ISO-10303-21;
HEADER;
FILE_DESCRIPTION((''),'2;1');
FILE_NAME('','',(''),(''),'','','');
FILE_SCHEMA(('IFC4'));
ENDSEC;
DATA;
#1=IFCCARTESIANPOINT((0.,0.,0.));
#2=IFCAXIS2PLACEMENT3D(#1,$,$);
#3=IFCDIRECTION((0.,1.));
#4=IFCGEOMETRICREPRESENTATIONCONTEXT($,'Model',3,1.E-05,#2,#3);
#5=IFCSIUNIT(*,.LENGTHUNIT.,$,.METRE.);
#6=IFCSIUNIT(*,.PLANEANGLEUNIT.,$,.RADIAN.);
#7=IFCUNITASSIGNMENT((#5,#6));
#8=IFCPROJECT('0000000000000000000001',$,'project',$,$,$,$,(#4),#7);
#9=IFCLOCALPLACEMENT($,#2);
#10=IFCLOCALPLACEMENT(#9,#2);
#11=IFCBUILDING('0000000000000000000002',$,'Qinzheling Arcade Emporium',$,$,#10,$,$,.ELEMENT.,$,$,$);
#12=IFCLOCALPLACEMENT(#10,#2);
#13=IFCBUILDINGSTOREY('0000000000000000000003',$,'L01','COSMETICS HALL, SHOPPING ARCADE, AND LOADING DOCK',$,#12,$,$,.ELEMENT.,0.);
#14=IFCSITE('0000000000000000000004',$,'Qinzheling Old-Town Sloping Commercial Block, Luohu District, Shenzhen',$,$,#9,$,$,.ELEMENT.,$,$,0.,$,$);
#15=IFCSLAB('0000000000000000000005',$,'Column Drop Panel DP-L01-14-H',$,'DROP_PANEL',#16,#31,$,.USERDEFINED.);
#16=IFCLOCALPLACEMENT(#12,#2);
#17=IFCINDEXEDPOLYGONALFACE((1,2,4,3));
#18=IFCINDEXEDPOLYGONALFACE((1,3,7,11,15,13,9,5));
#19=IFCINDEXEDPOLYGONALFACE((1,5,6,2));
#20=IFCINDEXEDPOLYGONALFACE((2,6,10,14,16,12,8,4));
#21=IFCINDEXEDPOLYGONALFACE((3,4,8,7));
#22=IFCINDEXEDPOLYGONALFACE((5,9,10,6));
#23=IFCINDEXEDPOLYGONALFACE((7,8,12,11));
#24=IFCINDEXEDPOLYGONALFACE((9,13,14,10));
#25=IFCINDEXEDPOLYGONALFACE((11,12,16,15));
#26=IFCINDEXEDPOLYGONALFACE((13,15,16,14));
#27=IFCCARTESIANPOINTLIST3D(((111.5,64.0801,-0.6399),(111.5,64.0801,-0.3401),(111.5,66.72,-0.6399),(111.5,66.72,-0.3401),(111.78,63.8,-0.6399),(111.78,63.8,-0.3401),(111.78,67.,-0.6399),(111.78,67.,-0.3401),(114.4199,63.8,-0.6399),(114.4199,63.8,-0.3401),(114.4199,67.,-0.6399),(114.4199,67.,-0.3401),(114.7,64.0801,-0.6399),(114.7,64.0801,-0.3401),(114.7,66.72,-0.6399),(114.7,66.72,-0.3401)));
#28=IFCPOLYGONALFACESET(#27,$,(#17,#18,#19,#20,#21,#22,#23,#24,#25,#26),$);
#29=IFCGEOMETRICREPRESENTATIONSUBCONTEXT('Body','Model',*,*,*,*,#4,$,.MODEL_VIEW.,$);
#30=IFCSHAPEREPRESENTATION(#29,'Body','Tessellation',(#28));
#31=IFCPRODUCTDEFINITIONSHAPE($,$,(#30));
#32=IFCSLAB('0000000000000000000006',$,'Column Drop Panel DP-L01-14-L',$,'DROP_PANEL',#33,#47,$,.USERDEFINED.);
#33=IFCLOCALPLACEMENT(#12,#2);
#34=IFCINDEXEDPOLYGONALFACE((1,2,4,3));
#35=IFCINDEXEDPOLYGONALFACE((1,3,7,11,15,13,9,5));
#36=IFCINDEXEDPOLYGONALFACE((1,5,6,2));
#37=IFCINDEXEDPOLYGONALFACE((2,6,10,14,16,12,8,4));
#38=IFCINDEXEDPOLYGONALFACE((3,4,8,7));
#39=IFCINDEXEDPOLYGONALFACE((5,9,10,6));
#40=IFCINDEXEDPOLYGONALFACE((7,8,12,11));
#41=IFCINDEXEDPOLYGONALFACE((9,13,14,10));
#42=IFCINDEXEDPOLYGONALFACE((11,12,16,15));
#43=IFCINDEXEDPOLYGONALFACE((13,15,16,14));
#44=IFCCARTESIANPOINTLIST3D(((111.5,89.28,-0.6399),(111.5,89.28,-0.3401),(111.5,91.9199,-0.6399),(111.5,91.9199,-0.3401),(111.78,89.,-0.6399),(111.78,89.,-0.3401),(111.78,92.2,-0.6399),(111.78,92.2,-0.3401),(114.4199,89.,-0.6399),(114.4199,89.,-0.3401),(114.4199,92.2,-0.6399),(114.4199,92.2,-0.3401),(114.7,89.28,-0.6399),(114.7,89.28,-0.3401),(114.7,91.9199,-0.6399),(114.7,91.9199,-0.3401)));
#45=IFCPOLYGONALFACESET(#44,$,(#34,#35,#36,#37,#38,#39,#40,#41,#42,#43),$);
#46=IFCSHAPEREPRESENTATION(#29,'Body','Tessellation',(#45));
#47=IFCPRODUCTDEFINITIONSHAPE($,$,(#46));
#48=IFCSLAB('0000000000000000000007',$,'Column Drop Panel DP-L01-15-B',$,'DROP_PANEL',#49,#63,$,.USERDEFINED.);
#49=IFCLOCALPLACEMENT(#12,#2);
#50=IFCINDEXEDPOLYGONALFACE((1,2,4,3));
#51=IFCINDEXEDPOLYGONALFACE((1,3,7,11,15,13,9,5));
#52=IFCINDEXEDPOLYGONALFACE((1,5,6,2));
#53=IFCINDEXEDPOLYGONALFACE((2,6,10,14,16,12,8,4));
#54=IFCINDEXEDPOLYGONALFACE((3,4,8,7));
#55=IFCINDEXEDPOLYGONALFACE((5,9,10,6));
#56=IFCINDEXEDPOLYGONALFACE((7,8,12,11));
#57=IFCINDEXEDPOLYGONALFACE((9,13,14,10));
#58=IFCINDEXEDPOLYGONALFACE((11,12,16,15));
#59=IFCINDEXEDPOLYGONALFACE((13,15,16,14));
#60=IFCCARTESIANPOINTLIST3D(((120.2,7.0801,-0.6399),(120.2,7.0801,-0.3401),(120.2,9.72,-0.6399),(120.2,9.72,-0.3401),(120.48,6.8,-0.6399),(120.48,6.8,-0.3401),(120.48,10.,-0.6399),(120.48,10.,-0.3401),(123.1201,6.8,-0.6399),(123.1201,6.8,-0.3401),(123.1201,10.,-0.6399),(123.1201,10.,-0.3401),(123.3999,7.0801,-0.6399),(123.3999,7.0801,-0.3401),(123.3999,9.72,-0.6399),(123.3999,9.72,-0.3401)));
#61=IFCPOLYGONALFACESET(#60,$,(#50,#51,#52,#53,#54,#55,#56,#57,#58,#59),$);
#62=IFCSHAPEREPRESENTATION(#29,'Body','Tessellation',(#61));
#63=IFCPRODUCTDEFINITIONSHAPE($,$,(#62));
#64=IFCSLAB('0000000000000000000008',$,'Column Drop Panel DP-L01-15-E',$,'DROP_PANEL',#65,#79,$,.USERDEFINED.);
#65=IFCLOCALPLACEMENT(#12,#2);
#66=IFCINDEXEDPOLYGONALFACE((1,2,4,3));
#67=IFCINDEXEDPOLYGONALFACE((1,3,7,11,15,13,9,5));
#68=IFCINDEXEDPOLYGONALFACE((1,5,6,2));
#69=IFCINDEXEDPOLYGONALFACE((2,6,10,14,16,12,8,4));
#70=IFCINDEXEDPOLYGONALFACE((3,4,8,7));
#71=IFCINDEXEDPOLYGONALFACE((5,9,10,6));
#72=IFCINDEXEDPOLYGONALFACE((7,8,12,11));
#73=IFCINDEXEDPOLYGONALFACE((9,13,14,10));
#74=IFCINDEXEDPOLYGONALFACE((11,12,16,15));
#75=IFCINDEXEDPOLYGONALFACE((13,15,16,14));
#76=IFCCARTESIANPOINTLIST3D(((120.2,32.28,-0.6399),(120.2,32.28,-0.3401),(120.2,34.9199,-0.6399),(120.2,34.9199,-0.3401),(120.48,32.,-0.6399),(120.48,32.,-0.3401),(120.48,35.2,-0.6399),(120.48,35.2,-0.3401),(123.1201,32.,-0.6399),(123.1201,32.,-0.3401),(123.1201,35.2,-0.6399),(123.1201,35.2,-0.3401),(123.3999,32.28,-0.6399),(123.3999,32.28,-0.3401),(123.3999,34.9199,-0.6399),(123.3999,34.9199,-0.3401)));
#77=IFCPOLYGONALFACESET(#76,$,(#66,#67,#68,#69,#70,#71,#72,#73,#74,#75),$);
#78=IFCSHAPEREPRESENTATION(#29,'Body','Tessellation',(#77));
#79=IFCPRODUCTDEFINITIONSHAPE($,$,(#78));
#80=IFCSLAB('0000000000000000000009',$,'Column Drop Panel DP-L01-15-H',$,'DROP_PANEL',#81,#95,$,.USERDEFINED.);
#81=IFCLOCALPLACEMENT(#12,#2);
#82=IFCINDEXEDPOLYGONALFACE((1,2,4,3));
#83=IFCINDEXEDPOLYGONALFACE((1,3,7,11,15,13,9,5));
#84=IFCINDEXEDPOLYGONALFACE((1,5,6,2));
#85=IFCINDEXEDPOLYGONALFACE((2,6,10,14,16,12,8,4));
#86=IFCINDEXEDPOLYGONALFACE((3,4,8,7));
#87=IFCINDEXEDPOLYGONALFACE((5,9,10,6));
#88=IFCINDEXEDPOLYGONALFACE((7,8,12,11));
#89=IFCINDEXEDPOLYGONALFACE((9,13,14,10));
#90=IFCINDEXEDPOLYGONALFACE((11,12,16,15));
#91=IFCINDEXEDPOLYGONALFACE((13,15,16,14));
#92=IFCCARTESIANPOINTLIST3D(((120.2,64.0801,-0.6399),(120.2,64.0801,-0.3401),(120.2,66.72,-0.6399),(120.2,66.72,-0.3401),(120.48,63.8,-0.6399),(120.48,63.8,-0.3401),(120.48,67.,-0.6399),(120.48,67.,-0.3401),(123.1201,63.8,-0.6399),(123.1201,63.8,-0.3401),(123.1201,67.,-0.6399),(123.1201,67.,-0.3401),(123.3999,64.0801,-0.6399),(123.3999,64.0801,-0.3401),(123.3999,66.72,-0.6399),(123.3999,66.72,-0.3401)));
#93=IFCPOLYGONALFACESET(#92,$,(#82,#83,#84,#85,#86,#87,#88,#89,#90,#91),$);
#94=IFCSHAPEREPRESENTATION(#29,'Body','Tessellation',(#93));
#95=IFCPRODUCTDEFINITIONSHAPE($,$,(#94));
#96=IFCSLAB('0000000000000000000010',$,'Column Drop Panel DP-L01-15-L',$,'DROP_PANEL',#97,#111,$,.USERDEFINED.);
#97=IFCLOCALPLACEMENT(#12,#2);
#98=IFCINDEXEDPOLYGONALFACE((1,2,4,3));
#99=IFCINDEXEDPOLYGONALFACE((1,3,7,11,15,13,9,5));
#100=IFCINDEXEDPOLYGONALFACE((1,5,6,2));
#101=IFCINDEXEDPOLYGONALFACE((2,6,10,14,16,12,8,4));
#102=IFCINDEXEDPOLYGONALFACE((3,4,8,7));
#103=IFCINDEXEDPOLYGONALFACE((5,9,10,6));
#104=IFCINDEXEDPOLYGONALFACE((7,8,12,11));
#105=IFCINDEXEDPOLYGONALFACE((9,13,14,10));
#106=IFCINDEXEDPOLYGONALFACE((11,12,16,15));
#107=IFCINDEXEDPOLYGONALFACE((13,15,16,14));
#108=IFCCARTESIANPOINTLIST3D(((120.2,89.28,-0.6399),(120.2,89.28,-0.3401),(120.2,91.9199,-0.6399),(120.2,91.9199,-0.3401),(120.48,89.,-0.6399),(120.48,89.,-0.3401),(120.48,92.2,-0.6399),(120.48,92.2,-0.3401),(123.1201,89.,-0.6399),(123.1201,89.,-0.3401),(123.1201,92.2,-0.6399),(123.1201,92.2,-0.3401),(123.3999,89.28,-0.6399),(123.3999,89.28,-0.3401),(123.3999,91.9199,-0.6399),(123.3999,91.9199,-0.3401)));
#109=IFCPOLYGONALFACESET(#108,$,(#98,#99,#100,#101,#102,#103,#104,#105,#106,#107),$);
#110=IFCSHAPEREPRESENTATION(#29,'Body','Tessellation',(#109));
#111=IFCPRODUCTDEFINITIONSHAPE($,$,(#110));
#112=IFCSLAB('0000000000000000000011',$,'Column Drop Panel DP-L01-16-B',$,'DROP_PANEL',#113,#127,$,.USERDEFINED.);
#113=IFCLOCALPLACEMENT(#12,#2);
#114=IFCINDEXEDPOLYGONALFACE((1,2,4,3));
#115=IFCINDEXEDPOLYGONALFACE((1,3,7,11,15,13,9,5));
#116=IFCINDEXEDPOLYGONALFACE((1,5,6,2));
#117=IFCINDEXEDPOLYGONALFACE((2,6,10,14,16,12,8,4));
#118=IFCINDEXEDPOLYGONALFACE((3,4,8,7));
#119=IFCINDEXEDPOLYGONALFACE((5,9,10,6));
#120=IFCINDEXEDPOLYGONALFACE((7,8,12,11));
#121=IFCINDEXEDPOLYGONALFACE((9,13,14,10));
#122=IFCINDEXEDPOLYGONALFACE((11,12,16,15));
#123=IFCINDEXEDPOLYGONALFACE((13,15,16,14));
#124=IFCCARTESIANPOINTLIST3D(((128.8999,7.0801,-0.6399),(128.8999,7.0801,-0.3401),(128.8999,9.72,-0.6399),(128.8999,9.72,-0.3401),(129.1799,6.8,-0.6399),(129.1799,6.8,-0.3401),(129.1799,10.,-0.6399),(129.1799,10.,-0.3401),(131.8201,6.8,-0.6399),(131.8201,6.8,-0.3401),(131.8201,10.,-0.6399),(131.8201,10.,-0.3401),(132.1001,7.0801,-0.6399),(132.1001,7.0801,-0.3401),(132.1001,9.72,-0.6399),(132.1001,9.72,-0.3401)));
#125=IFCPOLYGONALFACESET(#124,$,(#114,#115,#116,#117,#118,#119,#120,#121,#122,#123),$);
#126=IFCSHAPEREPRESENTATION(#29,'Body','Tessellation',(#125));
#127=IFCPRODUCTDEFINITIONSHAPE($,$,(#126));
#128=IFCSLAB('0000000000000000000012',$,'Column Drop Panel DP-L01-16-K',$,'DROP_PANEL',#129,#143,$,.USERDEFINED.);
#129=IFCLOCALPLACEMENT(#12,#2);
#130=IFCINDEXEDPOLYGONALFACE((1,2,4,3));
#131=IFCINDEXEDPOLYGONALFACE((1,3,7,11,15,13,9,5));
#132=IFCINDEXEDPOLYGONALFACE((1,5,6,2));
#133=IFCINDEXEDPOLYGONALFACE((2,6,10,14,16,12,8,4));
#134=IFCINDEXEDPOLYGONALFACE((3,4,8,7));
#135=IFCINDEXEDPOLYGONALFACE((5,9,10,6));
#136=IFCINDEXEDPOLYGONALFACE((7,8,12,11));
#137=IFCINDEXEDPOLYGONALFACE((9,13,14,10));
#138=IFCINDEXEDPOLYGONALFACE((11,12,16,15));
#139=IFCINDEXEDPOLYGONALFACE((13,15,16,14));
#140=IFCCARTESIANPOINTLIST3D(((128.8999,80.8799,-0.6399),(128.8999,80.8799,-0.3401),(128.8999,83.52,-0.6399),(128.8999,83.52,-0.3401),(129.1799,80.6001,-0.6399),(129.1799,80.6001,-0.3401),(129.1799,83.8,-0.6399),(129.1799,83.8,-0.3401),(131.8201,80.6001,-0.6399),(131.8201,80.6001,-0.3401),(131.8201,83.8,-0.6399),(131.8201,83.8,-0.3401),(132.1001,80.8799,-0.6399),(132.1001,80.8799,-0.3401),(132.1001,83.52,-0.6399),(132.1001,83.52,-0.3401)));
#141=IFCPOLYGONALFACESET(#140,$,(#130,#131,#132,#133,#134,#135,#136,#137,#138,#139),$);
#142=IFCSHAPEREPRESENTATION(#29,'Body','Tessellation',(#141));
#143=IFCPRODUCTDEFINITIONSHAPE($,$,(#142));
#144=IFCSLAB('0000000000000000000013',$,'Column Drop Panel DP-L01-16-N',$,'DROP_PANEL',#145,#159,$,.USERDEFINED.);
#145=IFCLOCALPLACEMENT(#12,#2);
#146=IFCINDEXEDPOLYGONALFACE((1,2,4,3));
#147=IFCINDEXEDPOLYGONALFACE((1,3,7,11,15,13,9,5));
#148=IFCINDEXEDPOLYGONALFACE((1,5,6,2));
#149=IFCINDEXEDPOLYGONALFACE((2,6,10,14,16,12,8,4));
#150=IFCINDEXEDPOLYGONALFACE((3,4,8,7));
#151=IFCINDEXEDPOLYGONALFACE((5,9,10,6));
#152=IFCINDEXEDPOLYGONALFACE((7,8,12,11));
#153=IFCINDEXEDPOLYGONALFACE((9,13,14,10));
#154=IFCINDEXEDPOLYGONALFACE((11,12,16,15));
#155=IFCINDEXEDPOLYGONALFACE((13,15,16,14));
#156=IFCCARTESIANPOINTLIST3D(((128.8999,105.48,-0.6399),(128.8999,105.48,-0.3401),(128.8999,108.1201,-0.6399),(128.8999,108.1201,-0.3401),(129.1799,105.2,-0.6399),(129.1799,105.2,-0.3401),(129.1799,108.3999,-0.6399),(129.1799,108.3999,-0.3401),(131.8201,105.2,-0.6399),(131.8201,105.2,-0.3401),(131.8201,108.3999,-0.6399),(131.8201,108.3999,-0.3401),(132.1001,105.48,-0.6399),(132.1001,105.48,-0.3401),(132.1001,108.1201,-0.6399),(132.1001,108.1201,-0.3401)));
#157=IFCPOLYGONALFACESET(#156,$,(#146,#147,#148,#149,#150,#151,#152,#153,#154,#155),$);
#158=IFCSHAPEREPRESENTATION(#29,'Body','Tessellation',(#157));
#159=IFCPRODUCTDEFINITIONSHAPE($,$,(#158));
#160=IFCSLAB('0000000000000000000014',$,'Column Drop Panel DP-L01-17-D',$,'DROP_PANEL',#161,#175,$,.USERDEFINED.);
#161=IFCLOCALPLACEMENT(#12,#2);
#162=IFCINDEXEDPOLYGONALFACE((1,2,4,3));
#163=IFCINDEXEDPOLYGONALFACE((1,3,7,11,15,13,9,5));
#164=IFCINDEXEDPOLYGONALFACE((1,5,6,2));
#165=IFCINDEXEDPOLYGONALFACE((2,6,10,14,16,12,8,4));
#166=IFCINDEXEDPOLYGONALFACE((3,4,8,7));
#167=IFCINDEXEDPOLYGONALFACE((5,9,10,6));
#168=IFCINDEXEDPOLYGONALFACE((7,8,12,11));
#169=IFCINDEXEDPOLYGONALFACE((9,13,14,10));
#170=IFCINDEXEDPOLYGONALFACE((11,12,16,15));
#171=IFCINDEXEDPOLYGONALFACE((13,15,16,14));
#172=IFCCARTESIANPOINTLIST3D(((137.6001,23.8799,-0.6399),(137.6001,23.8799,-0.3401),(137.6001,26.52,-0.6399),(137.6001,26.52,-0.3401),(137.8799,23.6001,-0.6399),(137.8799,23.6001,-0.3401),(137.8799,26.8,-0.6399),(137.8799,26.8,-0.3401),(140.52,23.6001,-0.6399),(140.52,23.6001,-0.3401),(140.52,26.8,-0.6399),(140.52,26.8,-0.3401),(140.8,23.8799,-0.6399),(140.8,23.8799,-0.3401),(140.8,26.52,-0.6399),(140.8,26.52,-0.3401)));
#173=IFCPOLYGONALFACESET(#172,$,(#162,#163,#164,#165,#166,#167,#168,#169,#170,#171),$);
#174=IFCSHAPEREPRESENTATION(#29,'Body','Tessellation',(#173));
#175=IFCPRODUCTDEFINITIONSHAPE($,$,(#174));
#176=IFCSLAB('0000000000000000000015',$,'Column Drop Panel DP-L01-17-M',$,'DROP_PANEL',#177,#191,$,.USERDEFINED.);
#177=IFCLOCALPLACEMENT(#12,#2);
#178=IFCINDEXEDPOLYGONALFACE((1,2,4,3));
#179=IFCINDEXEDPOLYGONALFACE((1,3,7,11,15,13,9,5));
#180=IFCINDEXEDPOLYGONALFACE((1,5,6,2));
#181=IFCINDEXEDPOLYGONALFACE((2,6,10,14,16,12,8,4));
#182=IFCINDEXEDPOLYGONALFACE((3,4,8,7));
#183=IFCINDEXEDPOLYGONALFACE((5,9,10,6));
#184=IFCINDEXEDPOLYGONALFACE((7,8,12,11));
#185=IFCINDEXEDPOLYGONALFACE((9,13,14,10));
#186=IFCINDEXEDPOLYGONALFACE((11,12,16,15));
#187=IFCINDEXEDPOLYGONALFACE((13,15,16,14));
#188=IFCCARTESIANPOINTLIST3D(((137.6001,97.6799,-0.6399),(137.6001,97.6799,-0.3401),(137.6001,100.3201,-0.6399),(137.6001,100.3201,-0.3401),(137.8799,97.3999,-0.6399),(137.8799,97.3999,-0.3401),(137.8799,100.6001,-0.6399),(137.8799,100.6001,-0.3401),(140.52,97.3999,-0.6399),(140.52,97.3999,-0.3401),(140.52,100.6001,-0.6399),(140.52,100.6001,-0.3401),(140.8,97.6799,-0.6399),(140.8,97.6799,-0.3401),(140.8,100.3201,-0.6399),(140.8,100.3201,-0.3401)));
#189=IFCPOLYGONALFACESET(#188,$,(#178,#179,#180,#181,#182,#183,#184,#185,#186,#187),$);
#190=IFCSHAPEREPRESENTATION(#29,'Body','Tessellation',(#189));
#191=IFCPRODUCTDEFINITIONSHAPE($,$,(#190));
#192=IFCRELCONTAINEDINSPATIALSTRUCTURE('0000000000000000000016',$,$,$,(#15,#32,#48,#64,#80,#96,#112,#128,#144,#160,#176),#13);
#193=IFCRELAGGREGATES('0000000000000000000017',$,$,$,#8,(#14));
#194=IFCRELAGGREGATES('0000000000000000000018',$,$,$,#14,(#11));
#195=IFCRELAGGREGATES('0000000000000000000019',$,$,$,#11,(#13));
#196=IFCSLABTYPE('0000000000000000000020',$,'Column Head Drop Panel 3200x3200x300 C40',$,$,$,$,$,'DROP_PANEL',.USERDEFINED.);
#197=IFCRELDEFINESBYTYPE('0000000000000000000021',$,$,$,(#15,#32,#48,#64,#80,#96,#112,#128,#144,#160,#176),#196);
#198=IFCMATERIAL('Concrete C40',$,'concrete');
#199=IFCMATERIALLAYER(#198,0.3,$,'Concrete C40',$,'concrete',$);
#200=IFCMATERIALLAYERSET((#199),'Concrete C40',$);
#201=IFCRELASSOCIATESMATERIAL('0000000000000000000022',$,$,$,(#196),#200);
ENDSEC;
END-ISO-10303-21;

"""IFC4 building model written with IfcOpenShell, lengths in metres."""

from ifc_helpers import new_model, si_unit, direction, frame, origin, place, context, subcontext, project, spatial, polyline, outline, extrude, material, layer, layer_set, type_object, element, save


model = new_model("IFC4")

# Units and contexts
model_context = context("Model", 3, precision=1e-05, world=origin(), true_north=direction((0.0, 1.0)))
body_context = subcontext(model_context, "Body", "Model", "MODEL_VIEW")
ifc_project = project(units=[si_unit("LENGTHUNIT", "METRE"), si_unit("PLANEANGLEUNIT", "RADIAN")], contexts=[model_context])

# Site, building, storey
site_placement = place(None, origin())
site = spatial("IfcSite", under=ifc_project, at=site_placement, Name="Qinzheling Old-Town Sloping Commercial Block, Luohu District, Shenzhen", CompositionType="ELEMENT", RefElevation=0.0)
building_placement = place(site_placement, origin())
building = spatial("IfcBuilding", under=site, at=building_placement, Name="Qinzheling Arcade Emporium", CompositionType="ELEMENT")
storey_placement = place(building_placement, origin())
storey = spatial("IfcBuildingStorey", under=building, at=storey_placement, Name="L01", Description="COSMETICS HALL, SHOPPING ARCADE, AND LOADING DOCK", CompositionType="ELEMENT", Elevation=0.0)

# Slabs
ifc_material = material(Name="Concrete C40", Category="concrete")
ifc_layer = layer(ifc_material, 0.3, Name="Concrete C40", Category="concrete")
ifc_layer_set = layer_set([ifc_layer], Name="Concrete C40")
slab_type = type_object("IfcSlabType", Name="Column Head Drop Panel 3200x3200x300 C40", ElementType="DROP_PANEL", PredefinedType="USERDEFINED", material=ifc_layer_set)
slab_1_placement = place(storey_placement, frame((0.0, 0.0, -0.6399)))
element("IfcSlab", 1, at=slab_1_placement, inside=storey, type_object=slab_type, Name="Column Drop Panel DP-L01-14-H", ObjectType="DROP_PANEL", PredefinedType="USERDEFINED", context=body_context, shape_type="SweptSolid", body=[
    extrude(outline(polyline([(111.78, 63.8), (114.4199, 63.8), (114.7, 64.0801), (114.7, 66.72), (114.4199, 67.0), (111.78, 67.0), (111.5, 66.72), (111.5, 64.0801), (111.78, 63.8)])), origin(), (0.0, 0.0, 1.0), 0.2998),
])
slab_2_placement = place(storey_placement, frame((0.0, 0.0, -0.6399)))
element("IfcSlab", 2, at=slab_2_placement, inside=storey, type_object=slab_type, Name="Column Drop Panel DP-L01-14-L", ObjectType="DROP_PANEL", PredefinedType="USERDEFINED", context=body_context, shape_type="SweptSolid", body=[
    extrude(outline(polyline([(111.78, 89.0), (114.4199, 89.0), (114.7, 89.28), (114.7, 91.9199), (114.4199, 92.2), (111.78, 92.2), (111.5, 91.9199), (111.5, 89.28), (111.78, 89.0)])), origin(), (0.0, 0.0, 1.0), 0.2998),
])
slab_3_placement = place(storey_placement, frame((0.0, 0.0, -0.6399)))
element("IfcSlab", 3, at=slab_3_placement, inside=storey, type_object=slab_type, Name="Column Drop Panel DP-L01-15-B", ObjectType="DROP_PANEL", PredefinedType="USERDEFINED", context=body_context, shape_type="SweptSolid", body=[
    extrude(outline(polyline([(120.48, 6.8), (123.1201, 6.8), (123.3999, 7.0801), (123.3999, 9.72), (123.1201, 10.0), (120.48, 10.0), (120.2, 9.72), (120.2, 7.0801), (120.48, 6.8)])), origin(), (0.0, 0.0, 1.0), 0.2998),
])
slab_4_placement = place(storey_placement, frame((0.0, 0.0, -0.6399)))
element("IfcSlab", 4, at=slab_4_placement, inside=storey, type_object=slab_type, Name="Column Drop Panel DP-L01-15-E", ObjectType="DROP_PANEL", PredefinedType="USERDEFINED", context=body_context, shape_type="SweptSolid", body=[
    extrude(outline(polyline([(120.48, 32.0), (123.1201, 32.0), (123.3999, 32.28), (123.3999, 34.9199), (123.1201, 35.2), (120.48, 35.2), (120.2, 34.9199), (120.2, 32.28), (120.48, 32.0)])), origin(), (0.0, 0.0, 1.0), 0.2998),
])
slab_5_placement = place(storey_placement, frame((0.0, 0.0, -0.6399)))
element("IfcSlab", 5, at=slab_5_placement, inside=storey, type_object=slab_type, Name="Column Drop Panel DP-L01-15-H", ObjectType="DROP_PANEL", PredefinedType="USERDEFINED", context=body_context, shape_type="SweptSolid", body=[
    extrude(outline(polyline([(120.48, 63.8), (123.1201, 63.8), (123.3999, 64.0801), (123.3999, 66.72), (123.1201, 67.0), (120.48, 67.0), (120.2, 66.72), (120.2, 64.0801), (120.48, 63.8)])), origin(), (0.0, 0.0, 1.0), 0.2998),
])
slab_6_placement = place(storey_placement, frame((0.0, 0.0, -0.6399)))
element("IfcSlab", 6, at=slab_6_placement, inside=storey, type_object=slab_type, Name="Column Drop Panel DP-L01-15-L", ObjectType="DROP_PANEL", PredefinedType="USERDEFINED", context=body_context, shape_type="SweptSolid", body=[
    extrude(outline(polyline([(120.48, 89.0), (123.1201, 89.0), (123.3999, 89.28), (123.3999, 91.9199), (123.1201, 92.2), (120.48, 92.2), (120.2, 91.9199), (120.2, 89.28), (120.48, 89.0)])), origin(), (0.0, 0.0, 1.0), 0.2998),
])
slab_7_placement = place(storey_placement, frame((0.0, 0.0, -0.6399)))
element("IfcSlab", 7, at=slab_7_placement, inside=storey, type_object=slab_type, Name="Column Drop Panel DP-L01-16-B", ObjectType="DROP_PANEL", PredefinedType="USERDEFINED", context=body_context, shape_type="SweptSolid", body=[
    extrude(outline(polyline([(129.1799, 6.8), (131.8201, 6.8), (132.1001, 7.0801), (132.1001, 9.72), (131.8201, 10.0), (129.1799, 10.0), (128.8999, 9.72), (128.8999, 7.0801), (129.1799, 6.8)])), origin(), (0.0, 0.0, 1.0), 0.2998),
])
slab_8_placement = place(storey_placement, frame((0.0, 0.0, -0.6399)))
element("IfcSlab", 8, at=slab_8_placement, inside=storey, type_object=slab_type, Name="Column Drop Panel DP-L01-16-K", ObjectType="DROP_PANEL", PredefinedType="USERDEFINED", context=body_context, shape_type="SweptSolid", body=[
    extrude(outline(polyline([(129.1799, 80.6001), (131.8201, 80.6001), (132.1001, 80.8799), (132.1001, 83.52), (131.8201, 83.8), (129.1799, 83.8), (128.8999, 83.52), (128.8999, 80.8799), (129.1799, 80.6001)])), origin(), (0.0, 0.0, 1.0), 0.2998),
])
slab_9_placement = place(storey_placement, frame((0.0, 0.0, -0.6399)))
element("IfcSlab", 9, at=slab_9_placement, inside=storey, type_object=slab_type, Name="Column Drop Panel DP-L01-16-N", ObjectType="DROP_PANEL", PredefinedType="USERDEFINED", context=body_context, shape_type="SweptSolid", body=[
    extrude(outline(polyline([(129.1799, 105.2), (131.8201, 105.2), (132.1001, 105.48), (132.1001, 108.1201), (131.8201, 108.3999), (129.1799, 108.3999), (128.8999, 108.1201), (128.8999, 105.48), (129.1799, 105.2)])), origin(), (0.0, 0.0, 1.0), 0.2998),
])
slab_10_placement = place(storey_placement, frame((0.0, 0.0, -0.6399)))
element("IfcSlab", 10, at=slab_10_placement, inside=storey, type_object=slab_type, Name="Column Drop Panel DP-L01-17-D", ObjectType="DROP_PANEL", PredefinedType="USERDEFINED", context=body_context, shape_type="SweptSolid", body=[
    extrude(outline(polyline([(137.8799, 23.6001), (140.52, 23.6001), (140.8, 23.8799), (140.8, 26.52), (140.52, 26.8), (137.8799, 26.8), (137.6001, 26.52), (137.6001, 23.8799), (137.8799, 23.6001)])), origin(), (0.0, 0.0, 1.0), 0.2998),
])
slab_11_placement = place(storey_placement, frame((0.0, 0.0, -0.6399)))
element("IfcSlab", 11, at=slab_11_placement, inside=storey, type_object=slab_type, Name="Column Drop Panel DP-L01-17-M", ObjectType="DROP_PANEL", PredefinedType="USERDEFINED", context=body_context, shape_type="SweptSolid", body=[
    extrude(outline(polyline([(137.8799, 97.3999), (140.52, 97.3999), (140.8, 97.6799), (140.8, 100.3201), (140.52, 100.6001), (137.8799, 100.6001), (137.6001, 100.3201), (137.6001, 97.6799), (137.8799, 97.3999)])), origin(), (0.0, 0.0, 1.0), 0.2998),
])

save(model, "model.ifc")
